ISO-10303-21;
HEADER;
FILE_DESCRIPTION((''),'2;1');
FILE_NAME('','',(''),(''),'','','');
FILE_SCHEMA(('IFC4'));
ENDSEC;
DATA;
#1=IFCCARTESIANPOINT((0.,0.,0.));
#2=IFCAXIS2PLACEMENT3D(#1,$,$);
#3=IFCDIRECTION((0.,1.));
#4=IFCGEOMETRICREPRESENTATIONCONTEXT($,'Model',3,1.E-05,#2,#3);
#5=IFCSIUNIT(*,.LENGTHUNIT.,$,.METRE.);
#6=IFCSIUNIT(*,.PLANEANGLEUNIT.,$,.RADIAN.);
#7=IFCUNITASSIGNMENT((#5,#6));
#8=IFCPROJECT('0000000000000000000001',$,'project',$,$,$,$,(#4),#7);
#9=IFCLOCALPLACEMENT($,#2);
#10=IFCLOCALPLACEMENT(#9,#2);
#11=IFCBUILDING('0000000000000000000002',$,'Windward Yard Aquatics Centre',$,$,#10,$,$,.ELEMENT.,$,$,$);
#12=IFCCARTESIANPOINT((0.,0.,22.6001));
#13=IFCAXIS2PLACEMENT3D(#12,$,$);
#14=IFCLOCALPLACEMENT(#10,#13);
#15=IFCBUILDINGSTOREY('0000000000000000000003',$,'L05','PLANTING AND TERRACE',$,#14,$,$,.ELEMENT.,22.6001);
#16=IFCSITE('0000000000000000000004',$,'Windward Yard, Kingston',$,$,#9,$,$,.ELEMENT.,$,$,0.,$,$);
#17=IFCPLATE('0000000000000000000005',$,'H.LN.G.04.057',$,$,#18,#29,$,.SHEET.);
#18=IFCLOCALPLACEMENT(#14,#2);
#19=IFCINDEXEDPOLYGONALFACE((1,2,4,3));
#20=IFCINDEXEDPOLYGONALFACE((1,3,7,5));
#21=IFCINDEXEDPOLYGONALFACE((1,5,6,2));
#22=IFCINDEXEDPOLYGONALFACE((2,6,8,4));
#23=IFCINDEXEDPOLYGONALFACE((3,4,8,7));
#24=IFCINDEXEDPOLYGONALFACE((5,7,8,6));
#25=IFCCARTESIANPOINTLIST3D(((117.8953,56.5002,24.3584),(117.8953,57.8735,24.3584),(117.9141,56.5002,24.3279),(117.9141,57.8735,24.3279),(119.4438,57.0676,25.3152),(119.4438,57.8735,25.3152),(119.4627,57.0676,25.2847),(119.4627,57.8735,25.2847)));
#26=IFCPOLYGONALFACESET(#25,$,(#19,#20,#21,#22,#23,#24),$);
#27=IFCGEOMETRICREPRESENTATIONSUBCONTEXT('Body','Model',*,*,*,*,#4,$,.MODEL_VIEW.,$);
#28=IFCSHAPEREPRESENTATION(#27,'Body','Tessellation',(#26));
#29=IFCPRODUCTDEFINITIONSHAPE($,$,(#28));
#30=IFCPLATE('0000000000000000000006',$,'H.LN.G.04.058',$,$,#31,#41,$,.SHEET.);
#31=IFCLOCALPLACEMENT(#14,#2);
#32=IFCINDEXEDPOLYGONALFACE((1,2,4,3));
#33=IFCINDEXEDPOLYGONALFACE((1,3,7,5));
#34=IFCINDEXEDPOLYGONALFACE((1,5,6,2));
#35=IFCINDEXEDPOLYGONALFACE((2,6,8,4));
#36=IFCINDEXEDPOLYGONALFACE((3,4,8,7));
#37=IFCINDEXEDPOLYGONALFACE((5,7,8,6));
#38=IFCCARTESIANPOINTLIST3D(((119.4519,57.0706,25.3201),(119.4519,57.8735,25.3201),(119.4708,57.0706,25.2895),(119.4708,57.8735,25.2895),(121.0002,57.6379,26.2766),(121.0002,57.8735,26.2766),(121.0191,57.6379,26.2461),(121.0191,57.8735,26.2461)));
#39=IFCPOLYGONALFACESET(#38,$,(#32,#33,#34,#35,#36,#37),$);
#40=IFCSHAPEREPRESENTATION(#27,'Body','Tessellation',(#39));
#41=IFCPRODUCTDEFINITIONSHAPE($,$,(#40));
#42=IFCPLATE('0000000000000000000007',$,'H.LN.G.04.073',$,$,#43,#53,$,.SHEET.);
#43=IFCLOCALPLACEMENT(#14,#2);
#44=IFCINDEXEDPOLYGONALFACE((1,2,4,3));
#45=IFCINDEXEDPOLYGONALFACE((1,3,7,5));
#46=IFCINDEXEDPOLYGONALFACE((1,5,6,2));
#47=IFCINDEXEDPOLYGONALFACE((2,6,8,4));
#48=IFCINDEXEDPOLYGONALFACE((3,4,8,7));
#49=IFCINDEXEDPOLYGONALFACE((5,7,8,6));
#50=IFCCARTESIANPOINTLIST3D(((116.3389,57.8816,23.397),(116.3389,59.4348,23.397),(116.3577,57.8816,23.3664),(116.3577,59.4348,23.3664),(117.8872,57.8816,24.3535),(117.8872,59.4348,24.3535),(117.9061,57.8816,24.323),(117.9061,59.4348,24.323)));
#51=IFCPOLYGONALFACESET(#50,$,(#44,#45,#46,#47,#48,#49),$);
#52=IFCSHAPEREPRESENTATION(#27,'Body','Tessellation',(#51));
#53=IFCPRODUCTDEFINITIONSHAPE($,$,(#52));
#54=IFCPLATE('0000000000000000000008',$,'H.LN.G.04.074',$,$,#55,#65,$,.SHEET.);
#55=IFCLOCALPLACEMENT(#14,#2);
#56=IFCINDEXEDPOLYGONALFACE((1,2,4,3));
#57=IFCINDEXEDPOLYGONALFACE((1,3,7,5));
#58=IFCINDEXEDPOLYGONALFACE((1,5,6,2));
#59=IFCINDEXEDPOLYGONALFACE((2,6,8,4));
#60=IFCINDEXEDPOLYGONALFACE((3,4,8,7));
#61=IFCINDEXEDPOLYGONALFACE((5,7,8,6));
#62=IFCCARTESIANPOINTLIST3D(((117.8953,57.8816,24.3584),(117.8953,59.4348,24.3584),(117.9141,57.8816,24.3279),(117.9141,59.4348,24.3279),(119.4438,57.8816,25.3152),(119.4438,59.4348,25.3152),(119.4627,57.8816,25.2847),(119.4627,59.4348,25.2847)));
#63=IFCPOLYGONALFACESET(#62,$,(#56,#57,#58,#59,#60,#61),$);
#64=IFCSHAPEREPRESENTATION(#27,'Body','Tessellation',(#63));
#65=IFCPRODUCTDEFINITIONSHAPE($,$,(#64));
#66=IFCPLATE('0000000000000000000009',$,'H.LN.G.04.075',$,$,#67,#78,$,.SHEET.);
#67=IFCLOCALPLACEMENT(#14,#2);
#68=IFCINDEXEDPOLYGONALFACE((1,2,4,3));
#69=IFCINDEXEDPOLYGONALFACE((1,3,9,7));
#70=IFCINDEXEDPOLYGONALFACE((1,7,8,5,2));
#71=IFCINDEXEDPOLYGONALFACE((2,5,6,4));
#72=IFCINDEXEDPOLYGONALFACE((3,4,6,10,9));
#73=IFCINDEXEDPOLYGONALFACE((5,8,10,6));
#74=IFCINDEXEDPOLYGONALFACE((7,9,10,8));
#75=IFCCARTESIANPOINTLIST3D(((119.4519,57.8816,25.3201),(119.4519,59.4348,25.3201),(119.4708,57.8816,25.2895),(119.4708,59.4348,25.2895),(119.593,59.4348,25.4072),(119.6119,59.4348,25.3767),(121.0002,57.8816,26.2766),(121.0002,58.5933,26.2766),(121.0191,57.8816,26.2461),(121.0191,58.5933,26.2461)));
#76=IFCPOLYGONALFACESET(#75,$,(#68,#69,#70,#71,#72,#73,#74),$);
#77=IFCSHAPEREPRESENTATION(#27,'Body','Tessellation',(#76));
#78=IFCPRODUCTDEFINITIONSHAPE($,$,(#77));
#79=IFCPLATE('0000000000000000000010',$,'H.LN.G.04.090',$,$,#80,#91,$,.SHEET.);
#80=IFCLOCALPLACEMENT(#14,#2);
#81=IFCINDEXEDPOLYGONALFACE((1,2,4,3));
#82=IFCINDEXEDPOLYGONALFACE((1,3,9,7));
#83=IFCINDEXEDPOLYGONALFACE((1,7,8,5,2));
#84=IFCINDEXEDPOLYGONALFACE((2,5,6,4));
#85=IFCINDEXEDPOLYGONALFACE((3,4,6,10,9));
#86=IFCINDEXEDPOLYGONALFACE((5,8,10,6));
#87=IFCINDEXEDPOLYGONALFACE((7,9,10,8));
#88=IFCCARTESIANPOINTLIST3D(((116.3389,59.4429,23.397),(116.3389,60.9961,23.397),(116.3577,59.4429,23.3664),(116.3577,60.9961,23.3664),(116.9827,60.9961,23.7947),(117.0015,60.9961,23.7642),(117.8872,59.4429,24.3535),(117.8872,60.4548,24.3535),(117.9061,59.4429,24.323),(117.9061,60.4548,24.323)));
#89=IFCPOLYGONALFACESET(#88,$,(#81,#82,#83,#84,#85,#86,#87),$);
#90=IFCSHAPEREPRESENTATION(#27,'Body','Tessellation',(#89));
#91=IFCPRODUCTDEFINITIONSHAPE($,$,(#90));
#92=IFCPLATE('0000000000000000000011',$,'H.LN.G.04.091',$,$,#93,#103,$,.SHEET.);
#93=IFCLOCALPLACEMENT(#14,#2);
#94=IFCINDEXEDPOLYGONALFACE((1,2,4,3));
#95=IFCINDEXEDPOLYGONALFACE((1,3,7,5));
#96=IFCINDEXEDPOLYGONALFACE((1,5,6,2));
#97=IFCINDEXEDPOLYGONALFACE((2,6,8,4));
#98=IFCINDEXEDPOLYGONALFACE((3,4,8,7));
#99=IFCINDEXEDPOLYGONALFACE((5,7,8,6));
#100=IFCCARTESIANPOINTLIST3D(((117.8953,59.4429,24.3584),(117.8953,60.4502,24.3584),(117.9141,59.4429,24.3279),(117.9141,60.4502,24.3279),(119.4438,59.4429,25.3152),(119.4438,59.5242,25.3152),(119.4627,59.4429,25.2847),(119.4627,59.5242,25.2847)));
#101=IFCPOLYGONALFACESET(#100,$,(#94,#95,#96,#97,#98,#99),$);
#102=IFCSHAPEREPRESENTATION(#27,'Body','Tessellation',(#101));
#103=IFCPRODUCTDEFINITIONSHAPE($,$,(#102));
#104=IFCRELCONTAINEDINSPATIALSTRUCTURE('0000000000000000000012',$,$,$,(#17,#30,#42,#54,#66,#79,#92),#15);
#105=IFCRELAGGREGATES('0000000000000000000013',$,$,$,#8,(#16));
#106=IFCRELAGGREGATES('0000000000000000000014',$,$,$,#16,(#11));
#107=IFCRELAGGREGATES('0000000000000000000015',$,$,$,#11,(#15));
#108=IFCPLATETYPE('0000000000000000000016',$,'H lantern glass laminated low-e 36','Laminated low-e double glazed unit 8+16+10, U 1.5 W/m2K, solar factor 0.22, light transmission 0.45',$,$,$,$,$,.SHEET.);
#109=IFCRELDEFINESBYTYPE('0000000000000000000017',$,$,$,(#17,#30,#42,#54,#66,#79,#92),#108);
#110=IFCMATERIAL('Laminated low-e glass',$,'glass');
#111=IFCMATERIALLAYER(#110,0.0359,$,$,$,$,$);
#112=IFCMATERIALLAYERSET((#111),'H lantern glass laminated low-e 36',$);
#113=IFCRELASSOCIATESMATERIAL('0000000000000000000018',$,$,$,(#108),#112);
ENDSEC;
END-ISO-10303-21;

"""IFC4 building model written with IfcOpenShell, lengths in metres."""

from ifc_helpers import new_model, si_unit, direction, frame, origin, place, context, subcontext, project, spatial, polyline, outline, extrude, material, layer, layer_set, type_object, element, save


model = new_model("IFC4")

# Units and contexts
model_context = context("Model", 3, precision=1e-05, world=origin(), true_north=direction((0.0, 1.0)))
body_context = subcontext(model_context, "Body", "Model", "MODEL_VIEW")
ifc_project = project(units=[si_unit("LENGTHUNIT", "METRE"), si_unit("PLANEANGLEUNIT", "RADIAN")], contexts=[model_context])

# Site, building, storey
site_placement = place(None, origin())
site = spatial("IfcSite", under=ifc_project, at=site_placement, Name="Windward Yard, Kingston", CompositionType="ELEMENT", RefElevation=0.0)
building_placement = place(site_placement, origin())
building = spatial("IfcBuilding", under=site, at=building_placement, Name="Windward Yard Aquatics Centre", CompositionType="ELEMENT")
storey_placement = place(building_placement, frame((0.0, 0.0, 22.6001)))
storey = spatial("IfcBuildingStorey", under=building, at=storey_placement, Name="L05", Description="PLANTING AND TERRACE", CompositionType="ELEMENT", Elevation=22.6001)

# Plates
ifc_material_1 = material(Name="Laminated low-e glass", Category="glass")
ifc_layer = layer(ifc_material_1, 0.0359)
ifc_layer_set = layer_set([ifc_layer], Name="H lantern glass laminated low-e 36")
plate_type = type_object("IfcPlateType", Name="H lantern glass laminated low-e 36", Description="Laminated low-e double glazed unit 8+16+10, U 1.5 W/m2K, solar factor 0.22, light transmission 0.45", PredefinedType="SHEET", material=ifc_layer_set)
plate_1_placement = place(storey_placement, frame((117.8953, 56.5002, 24.3584), z_axis=(-0.525616, 0.0, 0.850722), x_axis=(0.0, 1.0, 0.0)))
element("IfcPlate", 1, at=plate_1_placement, inside=storey, type_object=plate_type, Name="H.LN.G.04.057", PredefinedType="SHEET", context=body_context, shape_type="SweptSolid", body=[
    extrude(outline(polyline([(0.0, 0.0), (1.3733, 0.0), (1.3733, -1.8203), (0.5674, -1.8203), (0.0, 0.0)])), origin(), (0.0, 0.0, -1.0), 0.0359),
])
plate_2_placement = place(storey_placement, frame((119.4519, 57.0706, 25.3201), z_axis=(-0.525579, 0.0, 0.850745), x_axis=(0.0, 1.0, 0.0)))
element("IfcPlate", 2, at=plate_2_placement, inside=storey, type_object=plate_type, Name="H.LN.G.04.058", PredefinedType="SHEET", context=body_context, shape_type="SweptSolid", body=[
    extrude(outline(polyline([(0.0, 0.0), (0.803, 0.0), (0.803, -1.82), (0.5674, -1.82), (0.0, 0.0)])), origin(), (0.0, 0.0, -1.0), 0.0359),
])
plate_3_placement = place(storey_placement, frame((116.3389, 57.8816, 23.397), z_axis=(-0.525579, 0.0, 0.850745), x_axis=(0.0, 1.0, 0.0)))
element("IfcPlate", 3, at=plate_3_placement, inside=storey, type_object=plate_type, Name="H.LN.G.04.073", PredefinedType="SHEET", context=body_context, shape_type="SweptSolid", body=[
    extrude(outline(polyline([(0.0, 0.0), (1.5532, 0.0), (1.5532, -1.82), (0.0, -1.82), (0.0, 0.0)])), origin(), (0.0, 0.0, -1.0), 0.0359),
])
plate_4_placement = place(storey_placement, frame((117.8953, 57.8816, 24.3584), z_axis=(-0.525616, 0.0, 0.850722), x_axis=(0.0, 1.0, 0.0)))
element("IfcPlate", 4, at=plate_4_placement, inside=storey, type_object=plate_type, Name="H.LN.G.04.074", PredefinedType="SHEET", context=body_context, shape_type="SweptSolid", body=[
    extrude(outline(polyline([(0.0, 0.0), (1.5532, 0.0), (1.5532, -1.8203), (0.0, -1.8203), (0.0, 0.0)])), origin(), (0.0, 0.0, -1.0), 0.0359),
])
plate_5_placement = place(storey_placement, frame((119.4519, 57.8816, 25.3201), z_axis=(-0.525576, 0.000007, 0.850747), x_axis=(0.000004, 1.0, -0.000006)))
element("IfcPlate", 5, at=plate_5_placement, inside=storey, type_object=plate_type, Name="H.LN.G.04.075", PredefinedType="SHEET", context=body_context, shape_type="SweptSolid", body=[
    extrude(outline(polyline([(0.0, 0.0), (1.5532, 0.0), (1.5532, -0.1659), (0.7117, -1.82), (0.0, -1.82), (0.0, 0.0)])), origin(), (0.0, 0.0, -1.0), 0.0359),
])
plate_6_placement = place(storey_placement, frame((116.3389, 59.4429, 23.397), z_axis=(-0.525577, 0.000008, 0.850746), x_axis=(0.000004, 1.0, -0.000006)))
element("IfcPlate", 6, at=plate_6_placement, inside=storey, type_object=plate_type, Name="H.LN.G.04.090", PredefinedType="SHEET", context=body_context, shape_type="SweptSolid", body=[
    extrude(outline(polyline([(0.0, 0.0), (1.5532, 0.0), (1.5532, -0.7567), (1.012, -1.82), (0.0, -1.82), (0.0, 0.0)])), origin(), (0.0, 0.0, -1.0), 0.0359),
])
plate_7_placement = place(storey_placement, frame((117.8953, 59.4429, 24.3584), z_axis=(-0.525616, 0.0, 0.850722), x_axis=(0.0, 1.0, 0.0)))
element("IfcPlate", 7, at=plate_7_placement, inside=storey, type_object=plate_type, Name="H.LN.G.04.091", PredefinedType="SHEET", context=body_context, shape_type="SweptSolid", body=[
    extrude(outline(polyline([(0.0, 0.0), (1.0073, 0.0), (0.0813, -1.8203), (0.0, -1.8203), (0.0, 0.0)])), origin(), (0.0, 0.0, -1.0), 0.0359),
])

save(model, "model.ifc")
